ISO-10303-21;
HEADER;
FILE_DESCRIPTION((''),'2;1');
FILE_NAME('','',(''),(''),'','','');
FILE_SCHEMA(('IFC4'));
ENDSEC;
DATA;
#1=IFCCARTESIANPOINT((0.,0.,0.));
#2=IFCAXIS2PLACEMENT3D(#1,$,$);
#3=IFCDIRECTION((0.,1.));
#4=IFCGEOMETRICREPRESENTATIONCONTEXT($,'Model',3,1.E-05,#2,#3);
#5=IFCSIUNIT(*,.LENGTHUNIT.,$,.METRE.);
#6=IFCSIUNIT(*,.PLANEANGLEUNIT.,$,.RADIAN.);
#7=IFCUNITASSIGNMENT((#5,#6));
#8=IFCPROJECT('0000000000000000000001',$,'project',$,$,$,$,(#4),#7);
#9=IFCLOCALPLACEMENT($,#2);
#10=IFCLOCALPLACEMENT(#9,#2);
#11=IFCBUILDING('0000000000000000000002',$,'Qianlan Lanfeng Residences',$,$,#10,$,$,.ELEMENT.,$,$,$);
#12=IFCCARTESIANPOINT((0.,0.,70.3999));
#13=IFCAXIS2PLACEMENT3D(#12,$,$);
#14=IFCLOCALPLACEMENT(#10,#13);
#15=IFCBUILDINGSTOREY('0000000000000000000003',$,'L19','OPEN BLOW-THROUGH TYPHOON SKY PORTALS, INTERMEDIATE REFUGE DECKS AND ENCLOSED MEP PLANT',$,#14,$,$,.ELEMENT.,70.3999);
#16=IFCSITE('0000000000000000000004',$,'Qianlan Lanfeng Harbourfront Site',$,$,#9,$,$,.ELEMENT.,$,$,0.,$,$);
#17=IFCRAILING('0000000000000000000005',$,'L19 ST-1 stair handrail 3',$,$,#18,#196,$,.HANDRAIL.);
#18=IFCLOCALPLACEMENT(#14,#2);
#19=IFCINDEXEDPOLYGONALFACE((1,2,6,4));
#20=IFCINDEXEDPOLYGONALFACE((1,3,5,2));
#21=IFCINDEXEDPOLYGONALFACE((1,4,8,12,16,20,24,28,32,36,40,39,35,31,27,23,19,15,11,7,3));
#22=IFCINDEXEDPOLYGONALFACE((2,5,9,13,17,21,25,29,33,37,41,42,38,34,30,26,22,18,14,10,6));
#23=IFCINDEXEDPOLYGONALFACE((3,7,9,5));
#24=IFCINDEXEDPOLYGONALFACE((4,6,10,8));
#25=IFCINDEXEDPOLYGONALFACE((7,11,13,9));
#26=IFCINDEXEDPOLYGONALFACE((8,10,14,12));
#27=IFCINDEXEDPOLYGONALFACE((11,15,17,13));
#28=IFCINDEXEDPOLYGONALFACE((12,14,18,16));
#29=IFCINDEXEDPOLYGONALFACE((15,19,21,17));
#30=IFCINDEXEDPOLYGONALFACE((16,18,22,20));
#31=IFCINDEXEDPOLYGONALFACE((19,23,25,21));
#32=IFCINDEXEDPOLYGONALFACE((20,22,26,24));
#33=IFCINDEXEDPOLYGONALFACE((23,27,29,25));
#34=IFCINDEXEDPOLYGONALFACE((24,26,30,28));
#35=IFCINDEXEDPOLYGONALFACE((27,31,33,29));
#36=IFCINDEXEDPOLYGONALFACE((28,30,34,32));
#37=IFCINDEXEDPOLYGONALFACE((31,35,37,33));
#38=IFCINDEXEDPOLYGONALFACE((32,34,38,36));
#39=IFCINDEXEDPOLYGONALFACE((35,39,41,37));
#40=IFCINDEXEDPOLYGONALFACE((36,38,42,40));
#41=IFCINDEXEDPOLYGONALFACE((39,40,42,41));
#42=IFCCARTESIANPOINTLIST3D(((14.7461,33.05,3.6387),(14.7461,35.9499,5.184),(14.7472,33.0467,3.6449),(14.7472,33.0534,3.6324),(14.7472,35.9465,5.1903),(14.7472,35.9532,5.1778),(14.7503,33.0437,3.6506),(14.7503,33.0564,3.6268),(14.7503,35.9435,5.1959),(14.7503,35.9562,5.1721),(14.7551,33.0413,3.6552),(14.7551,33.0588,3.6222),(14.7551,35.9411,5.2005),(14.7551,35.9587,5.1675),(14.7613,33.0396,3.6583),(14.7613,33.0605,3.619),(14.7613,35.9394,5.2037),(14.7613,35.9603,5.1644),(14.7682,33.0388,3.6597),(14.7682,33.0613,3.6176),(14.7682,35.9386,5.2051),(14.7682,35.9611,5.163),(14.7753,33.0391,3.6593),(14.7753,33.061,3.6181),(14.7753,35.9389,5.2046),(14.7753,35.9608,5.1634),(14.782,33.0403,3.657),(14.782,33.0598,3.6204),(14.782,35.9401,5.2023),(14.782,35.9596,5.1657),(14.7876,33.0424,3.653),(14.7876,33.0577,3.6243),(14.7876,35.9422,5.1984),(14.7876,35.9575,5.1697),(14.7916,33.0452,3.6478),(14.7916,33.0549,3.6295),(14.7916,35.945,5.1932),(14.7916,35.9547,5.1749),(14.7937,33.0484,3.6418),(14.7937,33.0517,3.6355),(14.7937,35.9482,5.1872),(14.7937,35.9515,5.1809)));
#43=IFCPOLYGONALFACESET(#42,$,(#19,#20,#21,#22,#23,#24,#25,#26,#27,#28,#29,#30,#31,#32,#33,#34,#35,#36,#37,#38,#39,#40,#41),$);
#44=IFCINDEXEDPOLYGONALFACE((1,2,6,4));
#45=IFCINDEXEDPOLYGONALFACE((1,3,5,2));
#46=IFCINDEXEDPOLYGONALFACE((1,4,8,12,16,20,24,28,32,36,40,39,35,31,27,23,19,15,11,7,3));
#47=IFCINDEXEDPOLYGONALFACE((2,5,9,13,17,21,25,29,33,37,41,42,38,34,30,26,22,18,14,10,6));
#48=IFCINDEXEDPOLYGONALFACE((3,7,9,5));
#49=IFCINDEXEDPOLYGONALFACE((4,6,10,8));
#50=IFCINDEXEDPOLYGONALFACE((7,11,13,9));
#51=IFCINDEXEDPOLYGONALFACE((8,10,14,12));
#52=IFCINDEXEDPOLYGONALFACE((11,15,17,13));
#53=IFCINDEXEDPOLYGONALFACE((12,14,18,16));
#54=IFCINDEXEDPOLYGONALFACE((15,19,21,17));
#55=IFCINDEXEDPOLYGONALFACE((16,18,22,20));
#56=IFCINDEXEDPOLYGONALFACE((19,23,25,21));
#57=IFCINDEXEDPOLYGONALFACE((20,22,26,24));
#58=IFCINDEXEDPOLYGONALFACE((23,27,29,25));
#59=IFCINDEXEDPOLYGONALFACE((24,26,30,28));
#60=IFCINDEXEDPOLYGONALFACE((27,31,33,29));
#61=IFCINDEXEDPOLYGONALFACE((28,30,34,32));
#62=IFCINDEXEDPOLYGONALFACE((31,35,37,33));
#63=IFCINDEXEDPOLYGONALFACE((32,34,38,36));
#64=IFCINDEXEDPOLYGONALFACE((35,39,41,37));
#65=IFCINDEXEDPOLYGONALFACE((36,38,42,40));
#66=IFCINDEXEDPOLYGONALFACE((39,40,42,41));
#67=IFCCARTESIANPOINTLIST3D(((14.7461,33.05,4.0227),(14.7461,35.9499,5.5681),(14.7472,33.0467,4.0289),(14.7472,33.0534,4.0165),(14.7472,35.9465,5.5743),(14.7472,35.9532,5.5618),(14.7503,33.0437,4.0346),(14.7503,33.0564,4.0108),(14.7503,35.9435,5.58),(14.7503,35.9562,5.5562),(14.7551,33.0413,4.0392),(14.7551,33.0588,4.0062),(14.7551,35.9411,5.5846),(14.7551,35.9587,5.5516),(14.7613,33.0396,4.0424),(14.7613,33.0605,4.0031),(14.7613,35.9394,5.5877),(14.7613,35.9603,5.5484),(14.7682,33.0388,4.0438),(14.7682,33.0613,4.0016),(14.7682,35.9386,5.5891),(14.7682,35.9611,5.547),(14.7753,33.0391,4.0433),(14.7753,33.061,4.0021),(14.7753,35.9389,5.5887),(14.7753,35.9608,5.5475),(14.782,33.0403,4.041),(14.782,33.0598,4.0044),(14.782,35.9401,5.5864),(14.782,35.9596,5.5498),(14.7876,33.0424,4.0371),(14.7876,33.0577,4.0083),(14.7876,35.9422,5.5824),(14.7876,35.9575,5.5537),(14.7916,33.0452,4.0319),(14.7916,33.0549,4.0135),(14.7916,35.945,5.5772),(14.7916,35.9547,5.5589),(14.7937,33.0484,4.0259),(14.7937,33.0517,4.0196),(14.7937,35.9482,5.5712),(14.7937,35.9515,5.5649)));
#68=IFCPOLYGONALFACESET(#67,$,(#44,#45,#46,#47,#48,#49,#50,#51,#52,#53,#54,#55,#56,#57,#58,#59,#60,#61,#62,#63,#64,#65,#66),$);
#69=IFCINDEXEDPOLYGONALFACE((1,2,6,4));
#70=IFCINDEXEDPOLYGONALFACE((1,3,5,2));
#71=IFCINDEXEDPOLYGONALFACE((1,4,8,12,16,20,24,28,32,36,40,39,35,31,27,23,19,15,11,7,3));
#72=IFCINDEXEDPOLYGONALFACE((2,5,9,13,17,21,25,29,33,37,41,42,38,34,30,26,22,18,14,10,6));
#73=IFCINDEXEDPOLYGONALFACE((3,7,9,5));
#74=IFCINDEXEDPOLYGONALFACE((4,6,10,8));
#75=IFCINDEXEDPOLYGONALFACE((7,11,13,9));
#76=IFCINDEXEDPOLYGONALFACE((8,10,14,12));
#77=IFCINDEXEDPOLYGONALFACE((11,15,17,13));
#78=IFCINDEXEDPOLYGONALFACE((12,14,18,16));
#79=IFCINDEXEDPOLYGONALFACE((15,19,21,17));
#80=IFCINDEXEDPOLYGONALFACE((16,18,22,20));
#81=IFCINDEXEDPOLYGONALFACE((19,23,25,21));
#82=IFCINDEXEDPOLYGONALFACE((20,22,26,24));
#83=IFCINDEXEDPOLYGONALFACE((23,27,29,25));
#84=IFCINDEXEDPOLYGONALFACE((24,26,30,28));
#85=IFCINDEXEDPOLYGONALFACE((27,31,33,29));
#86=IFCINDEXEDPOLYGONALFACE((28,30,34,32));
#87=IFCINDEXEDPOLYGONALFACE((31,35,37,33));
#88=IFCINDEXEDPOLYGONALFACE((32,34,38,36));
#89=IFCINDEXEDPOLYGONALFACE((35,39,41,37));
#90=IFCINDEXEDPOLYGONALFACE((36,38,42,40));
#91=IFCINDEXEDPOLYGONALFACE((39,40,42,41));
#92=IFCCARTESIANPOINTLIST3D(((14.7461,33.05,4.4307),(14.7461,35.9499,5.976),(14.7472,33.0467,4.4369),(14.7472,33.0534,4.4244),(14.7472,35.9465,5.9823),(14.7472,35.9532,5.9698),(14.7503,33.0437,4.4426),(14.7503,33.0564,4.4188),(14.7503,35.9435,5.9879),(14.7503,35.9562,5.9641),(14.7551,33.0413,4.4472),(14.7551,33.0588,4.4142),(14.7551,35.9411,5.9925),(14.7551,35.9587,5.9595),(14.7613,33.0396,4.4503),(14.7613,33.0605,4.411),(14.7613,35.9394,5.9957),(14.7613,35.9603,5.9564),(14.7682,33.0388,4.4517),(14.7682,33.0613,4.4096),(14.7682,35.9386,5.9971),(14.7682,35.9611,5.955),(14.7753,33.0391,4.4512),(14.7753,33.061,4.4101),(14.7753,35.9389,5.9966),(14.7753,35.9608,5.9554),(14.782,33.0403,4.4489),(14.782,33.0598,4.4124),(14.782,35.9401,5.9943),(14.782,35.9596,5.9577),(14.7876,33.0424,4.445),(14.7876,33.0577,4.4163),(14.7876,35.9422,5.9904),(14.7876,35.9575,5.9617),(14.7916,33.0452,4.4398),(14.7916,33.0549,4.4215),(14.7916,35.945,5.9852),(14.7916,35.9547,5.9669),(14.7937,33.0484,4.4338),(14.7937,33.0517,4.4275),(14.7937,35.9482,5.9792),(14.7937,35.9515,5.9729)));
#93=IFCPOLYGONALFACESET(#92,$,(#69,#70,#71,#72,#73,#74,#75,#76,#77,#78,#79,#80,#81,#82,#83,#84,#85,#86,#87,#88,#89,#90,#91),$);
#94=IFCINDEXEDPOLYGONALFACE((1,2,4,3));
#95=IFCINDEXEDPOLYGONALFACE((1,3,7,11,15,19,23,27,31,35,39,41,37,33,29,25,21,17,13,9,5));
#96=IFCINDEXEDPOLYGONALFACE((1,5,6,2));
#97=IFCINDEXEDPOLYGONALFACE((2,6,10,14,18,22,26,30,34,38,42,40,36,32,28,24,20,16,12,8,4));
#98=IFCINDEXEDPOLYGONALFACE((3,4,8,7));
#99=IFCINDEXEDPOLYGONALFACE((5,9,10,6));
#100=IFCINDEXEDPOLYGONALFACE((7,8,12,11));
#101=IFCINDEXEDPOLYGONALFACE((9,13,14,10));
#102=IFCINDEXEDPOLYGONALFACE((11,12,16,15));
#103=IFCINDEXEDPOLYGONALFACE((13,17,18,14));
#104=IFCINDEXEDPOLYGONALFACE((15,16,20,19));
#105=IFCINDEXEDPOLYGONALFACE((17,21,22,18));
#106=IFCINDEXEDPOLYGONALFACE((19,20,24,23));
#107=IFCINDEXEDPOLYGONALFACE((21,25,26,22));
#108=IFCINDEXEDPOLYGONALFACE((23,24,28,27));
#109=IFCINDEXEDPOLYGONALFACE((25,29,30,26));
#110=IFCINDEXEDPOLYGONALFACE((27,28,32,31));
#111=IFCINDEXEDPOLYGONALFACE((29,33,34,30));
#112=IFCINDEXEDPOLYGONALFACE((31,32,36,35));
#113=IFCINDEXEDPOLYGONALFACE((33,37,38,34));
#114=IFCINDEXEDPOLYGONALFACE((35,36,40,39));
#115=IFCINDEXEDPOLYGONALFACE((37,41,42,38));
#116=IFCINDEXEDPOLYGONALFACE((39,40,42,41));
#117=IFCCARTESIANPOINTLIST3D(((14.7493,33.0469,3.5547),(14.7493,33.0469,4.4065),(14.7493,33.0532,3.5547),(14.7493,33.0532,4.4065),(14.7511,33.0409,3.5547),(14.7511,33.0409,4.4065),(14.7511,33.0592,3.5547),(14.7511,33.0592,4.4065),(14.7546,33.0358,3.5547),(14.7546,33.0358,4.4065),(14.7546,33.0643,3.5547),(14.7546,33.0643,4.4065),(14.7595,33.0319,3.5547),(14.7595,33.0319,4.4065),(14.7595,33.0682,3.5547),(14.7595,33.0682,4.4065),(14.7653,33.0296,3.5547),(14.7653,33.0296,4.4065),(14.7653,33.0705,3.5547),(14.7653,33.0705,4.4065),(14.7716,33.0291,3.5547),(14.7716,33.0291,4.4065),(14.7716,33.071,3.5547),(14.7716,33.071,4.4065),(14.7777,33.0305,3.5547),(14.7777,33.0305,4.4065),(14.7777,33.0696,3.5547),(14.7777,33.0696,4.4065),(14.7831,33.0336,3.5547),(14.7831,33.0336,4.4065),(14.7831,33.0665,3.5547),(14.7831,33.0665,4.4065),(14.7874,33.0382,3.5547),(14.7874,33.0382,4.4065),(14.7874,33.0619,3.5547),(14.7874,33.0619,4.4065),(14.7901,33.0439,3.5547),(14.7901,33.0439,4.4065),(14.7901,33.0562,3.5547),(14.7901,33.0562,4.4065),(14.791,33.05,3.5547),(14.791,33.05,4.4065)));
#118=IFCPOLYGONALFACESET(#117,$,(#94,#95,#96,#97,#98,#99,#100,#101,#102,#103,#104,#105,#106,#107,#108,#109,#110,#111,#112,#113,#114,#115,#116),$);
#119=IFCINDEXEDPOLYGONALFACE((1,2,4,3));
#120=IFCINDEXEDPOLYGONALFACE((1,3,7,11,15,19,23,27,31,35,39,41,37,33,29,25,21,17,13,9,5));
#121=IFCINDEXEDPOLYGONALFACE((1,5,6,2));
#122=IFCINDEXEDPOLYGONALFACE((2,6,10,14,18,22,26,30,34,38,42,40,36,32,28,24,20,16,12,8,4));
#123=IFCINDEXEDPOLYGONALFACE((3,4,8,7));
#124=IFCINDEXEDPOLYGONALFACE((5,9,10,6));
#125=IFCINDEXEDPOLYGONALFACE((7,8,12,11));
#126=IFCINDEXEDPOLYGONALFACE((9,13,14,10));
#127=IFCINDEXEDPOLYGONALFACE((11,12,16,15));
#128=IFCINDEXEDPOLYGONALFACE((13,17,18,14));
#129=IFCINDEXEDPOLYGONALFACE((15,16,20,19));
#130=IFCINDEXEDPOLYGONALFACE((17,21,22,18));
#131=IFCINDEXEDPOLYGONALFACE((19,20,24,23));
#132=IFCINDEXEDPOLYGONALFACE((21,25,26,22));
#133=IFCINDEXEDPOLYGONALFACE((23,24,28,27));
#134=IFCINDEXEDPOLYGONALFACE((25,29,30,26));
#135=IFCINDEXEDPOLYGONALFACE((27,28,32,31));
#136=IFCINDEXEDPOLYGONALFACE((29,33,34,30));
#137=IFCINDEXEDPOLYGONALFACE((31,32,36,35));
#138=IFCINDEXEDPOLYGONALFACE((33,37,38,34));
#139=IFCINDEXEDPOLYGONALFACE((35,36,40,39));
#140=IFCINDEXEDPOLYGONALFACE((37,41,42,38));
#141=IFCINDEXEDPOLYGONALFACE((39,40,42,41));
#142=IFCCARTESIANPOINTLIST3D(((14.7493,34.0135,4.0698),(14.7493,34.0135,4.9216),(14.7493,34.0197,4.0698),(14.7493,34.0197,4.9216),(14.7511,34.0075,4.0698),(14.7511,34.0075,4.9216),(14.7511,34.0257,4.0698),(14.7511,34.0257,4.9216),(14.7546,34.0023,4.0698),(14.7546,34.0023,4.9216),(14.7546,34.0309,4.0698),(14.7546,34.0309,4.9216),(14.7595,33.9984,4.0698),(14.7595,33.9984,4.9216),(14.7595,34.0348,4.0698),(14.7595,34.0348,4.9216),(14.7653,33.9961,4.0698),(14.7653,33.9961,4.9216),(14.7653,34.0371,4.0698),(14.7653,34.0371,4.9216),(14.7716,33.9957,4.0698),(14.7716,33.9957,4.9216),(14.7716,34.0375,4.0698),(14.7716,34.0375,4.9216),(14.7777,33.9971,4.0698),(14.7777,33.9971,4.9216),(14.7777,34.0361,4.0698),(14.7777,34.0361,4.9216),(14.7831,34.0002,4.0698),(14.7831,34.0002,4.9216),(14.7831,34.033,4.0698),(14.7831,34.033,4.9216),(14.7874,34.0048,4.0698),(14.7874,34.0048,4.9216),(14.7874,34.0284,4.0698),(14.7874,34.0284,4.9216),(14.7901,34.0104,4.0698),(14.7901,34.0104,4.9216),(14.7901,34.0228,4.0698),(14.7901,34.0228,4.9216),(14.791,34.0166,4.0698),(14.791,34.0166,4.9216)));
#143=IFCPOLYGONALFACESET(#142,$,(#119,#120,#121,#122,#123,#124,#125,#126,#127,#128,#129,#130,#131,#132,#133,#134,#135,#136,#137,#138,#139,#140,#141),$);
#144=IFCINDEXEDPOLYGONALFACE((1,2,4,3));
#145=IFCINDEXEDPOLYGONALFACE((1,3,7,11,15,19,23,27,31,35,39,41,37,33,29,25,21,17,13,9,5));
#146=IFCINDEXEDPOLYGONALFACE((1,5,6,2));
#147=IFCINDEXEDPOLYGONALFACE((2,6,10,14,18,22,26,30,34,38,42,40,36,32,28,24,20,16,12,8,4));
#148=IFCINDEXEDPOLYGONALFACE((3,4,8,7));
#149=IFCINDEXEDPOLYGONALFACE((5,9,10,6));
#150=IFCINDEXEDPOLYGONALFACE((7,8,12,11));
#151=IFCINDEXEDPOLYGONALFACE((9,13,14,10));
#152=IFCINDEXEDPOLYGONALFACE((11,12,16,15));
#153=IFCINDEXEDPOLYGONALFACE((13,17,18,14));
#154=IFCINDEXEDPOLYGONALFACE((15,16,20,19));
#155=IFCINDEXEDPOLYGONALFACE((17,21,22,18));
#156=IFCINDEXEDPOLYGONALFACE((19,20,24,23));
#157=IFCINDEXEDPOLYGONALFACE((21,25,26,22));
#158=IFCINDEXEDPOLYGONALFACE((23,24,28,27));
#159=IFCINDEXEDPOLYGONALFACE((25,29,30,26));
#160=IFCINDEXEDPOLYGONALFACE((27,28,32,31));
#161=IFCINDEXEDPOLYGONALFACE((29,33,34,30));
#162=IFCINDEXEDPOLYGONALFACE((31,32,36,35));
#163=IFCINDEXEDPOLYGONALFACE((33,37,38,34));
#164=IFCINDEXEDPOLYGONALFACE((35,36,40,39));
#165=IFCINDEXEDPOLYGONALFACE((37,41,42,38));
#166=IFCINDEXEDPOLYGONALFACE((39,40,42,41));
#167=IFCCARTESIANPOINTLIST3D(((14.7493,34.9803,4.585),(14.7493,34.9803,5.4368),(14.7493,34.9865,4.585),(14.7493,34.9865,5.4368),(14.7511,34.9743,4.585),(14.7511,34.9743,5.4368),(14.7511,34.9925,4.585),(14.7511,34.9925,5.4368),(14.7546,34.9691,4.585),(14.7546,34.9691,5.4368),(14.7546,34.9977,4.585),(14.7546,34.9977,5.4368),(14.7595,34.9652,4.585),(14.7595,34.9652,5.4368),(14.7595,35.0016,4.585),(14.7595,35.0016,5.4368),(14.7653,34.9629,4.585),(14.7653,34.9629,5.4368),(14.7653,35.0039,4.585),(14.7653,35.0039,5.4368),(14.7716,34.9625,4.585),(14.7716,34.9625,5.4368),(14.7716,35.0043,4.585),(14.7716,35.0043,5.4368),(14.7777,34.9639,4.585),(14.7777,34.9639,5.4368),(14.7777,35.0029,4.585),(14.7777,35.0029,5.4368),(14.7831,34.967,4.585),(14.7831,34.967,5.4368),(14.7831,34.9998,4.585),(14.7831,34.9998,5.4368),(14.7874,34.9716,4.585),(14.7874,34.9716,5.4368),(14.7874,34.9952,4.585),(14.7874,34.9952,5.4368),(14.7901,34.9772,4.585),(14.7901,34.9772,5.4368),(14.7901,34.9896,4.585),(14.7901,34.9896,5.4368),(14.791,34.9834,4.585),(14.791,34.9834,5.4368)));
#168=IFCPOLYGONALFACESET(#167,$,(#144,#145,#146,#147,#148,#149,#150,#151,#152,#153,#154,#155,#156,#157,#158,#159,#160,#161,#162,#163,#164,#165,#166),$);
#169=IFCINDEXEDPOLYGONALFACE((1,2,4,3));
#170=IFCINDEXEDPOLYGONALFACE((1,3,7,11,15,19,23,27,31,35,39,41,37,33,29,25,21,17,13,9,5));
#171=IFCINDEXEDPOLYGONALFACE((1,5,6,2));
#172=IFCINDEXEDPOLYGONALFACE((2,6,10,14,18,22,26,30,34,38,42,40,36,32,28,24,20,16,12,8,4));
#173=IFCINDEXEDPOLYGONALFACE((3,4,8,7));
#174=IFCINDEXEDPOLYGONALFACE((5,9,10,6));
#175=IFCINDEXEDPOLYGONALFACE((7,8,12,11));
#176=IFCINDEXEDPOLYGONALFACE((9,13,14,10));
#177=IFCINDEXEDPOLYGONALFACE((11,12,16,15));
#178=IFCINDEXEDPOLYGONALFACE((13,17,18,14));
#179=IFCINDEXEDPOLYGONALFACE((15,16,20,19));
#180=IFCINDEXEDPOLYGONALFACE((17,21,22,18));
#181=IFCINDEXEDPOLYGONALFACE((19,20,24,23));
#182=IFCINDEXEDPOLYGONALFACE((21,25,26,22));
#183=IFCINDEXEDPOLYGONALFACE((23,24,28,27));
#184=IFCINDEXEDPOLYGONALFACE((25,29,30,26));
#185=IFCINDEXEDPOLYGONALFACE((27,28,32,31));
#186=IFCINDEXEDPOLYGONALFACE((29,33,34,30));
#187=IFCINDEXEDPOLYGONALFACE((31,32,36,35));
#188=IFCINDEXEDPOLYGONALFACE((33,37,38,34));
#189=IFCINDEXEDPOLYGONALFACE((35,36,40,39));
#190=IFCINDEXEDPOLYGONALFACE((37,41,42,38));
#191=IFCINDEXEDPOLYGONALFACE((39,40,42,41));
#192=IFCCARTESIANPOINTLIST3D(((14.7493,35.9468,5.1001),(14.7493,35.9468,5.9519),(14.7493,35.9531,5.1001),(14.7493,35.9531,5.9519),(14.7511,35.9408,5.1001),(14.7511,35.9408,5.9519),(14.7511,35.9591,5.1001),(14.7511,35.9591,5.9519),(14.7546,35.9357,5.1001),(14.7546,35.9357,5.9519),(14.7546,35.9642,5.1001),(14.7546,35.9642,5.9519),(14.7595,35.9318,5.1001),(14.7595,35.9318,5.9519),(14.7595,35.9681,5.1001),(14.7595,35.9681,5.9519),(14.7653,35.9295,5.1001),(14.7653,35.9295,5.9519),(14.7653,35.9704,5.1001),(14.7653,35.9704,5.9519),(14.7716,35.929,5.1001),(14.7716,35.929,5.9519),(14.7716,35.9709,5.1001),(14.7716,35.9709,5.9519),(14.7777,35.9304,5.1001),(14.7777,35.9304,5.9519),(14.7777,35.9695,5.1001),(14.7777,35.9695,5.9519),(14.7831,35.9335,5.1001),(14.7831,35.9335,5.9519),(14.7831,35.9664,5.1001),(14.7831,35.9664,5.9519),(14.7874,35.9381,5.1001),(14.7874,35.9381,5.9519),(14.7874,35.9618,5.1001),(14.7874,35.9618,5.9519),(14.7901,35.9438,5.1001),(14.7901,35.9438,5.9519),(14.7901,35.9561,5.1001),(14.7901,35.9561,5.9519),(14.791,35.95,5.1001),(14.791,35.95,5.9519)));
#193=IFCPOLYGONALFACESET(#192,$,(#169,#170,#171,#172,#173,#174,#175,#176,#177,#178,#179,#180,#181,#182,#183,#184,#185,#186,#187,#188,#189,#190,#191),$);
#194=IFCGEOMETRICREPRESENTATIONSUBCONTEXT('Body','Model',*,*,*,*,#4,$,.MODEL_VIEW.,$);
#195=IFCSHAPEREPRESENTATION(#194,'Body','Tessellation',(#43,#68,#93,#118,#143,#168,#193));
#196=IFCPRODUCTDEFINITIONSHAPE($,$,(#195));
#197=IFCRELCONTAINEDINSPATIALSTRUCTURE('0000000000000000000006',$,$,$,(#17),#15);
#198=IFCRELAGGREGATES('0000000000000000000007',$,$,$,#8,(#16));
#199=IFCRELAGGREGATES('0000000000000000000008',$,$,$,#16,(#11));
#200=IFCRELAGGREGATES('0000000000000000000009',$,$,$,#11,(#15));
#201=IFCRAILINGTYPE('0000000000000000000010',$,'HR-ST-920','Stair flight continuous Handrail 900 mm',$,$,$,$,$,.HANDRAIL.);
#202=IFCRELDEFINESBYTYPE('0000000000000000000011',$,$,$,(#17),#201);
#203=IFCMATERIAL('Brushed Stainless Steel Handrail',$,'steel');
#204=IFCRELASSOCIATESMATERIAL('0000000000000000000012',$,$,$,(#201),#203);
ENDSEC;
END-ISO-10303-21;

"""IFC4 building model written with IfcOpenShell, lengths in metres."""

from ifc_helpers import new_model, si_unit, direction, frame, origin, origin_2d, place, context, subcontext, project, spatial, circle, extrude, material, type_object, element, save


model = new_model("IFC4")

# Units and contexts
model_context = context("Model", 3, precision=1e-05, world=origin(), true_north=direction((0.0, 1.0)))
body_context = subcontext(model_context, "Body", "Model", "MODEL_VIEW")
ifc_project = project(units=[si_unit("LENGTHUNIT", "METRE"), si_unit("PLANEANGLEUNIT", "RADIAN")], contexts=[model_context])

# Site, building, storey
site_placement = place(None, origin())
site = spatial("IfcSite", under=ifc_project, at=site_placement, Name="Qianlan Lanfeng Harbourfront Site", CompositionType="ELEMENT", RefElevation=0.0)
building_placement = place(site_placement, origin())
building = spatial("IfcBuilding", under=site, at=building_placement, Name="Qianlan Lanfeng Residences", CompositionType="ELEMENT")
storey_placement = place(building_placement, frame((0.0, 0.0, 70.3999)))
storey = spatial("IfcBuildingStorey", under=building, at=storey_placement, Name="L19", Description="OPEN BLOW-THROUGH TYPHOON SKY PORTALS, INTERMEDIATE REFUGE DECKS AND ENCLOSED MEP PLANT", CompositionType="ELEMENT", Elevation=70.3999)

# Railing
ifc_material_1 = material(Name="Brushed Stainless Steel Handrail", Category="steel")
railing_type_1 = type_object("IfcRailingType", Name="HR-ST-920", Description="Stair flight continuous Handrail 900 mm", PredefinedType="HANDRAIL", material=ifc_material_1)
railing_1_placement = place(storey_placement, frame((14.77, 33.05, 3.5547)))
element("IfcRailing", 1, at=railing_1_placement, inside=storey, type_object=railing_type_1, Name="L19 ST-1 stair handrail 3", PredefinedType="HANDRAIL", context=body_context, shape_type="SweptSolid", body=[
    extrude(circle(Radius=0.0239, at=origin_2d()), frame((0.0, 0.0, 0.084), z_axis=(0.0, 0.882505, 0.470303), x_axis=(-1.0, 0.0, 0.0)), (0.0, 0.0, 1.0), 3.2859),
    extrude(circle(Radius=0.0239, at=origin_2d()), frame((0.0, 0.0, 0.468), z_axis=(0.0, 0.882505, 0.470303), x_axis=(-1.0, 0.0, 0.0)), (0.0, 0.0, 1.0), 3.2859),
    extrude(circle(Radius=0.0239, at=origin_2d()), frame((0.0, 0.0, 0.876), z_axis=(0.0, 0.882505, 0.470303), x_axis=(-1.0, 0.0, 0.0)), (0.0, 0.0, 1.0), 3.2859),
    extrude(circle(Radius=0.021, at=origin_2d()), origin(), (0.0, 0.0, 1.0), 0.8518),
    extrude(circle(Radius=0.021, at=origin_2d()), frame((0.0, 0.9666, 0.5151)), (0.0, 0.0, 1.0), 0.8518),
    extrude(circle(Radius=0.021, at=origin_2d()), frame((0.0, 1.9333, 1.0303)), (0.0, 0.0, 1.0), 0.8518),
    extrude(circle(Radius=0.021, at=origin_2d()), frame((0.0, 2.8999, 1.5454)), (0.0, 0.0, 1.0), 0.8518),
])

save(model, "model.ifc")
